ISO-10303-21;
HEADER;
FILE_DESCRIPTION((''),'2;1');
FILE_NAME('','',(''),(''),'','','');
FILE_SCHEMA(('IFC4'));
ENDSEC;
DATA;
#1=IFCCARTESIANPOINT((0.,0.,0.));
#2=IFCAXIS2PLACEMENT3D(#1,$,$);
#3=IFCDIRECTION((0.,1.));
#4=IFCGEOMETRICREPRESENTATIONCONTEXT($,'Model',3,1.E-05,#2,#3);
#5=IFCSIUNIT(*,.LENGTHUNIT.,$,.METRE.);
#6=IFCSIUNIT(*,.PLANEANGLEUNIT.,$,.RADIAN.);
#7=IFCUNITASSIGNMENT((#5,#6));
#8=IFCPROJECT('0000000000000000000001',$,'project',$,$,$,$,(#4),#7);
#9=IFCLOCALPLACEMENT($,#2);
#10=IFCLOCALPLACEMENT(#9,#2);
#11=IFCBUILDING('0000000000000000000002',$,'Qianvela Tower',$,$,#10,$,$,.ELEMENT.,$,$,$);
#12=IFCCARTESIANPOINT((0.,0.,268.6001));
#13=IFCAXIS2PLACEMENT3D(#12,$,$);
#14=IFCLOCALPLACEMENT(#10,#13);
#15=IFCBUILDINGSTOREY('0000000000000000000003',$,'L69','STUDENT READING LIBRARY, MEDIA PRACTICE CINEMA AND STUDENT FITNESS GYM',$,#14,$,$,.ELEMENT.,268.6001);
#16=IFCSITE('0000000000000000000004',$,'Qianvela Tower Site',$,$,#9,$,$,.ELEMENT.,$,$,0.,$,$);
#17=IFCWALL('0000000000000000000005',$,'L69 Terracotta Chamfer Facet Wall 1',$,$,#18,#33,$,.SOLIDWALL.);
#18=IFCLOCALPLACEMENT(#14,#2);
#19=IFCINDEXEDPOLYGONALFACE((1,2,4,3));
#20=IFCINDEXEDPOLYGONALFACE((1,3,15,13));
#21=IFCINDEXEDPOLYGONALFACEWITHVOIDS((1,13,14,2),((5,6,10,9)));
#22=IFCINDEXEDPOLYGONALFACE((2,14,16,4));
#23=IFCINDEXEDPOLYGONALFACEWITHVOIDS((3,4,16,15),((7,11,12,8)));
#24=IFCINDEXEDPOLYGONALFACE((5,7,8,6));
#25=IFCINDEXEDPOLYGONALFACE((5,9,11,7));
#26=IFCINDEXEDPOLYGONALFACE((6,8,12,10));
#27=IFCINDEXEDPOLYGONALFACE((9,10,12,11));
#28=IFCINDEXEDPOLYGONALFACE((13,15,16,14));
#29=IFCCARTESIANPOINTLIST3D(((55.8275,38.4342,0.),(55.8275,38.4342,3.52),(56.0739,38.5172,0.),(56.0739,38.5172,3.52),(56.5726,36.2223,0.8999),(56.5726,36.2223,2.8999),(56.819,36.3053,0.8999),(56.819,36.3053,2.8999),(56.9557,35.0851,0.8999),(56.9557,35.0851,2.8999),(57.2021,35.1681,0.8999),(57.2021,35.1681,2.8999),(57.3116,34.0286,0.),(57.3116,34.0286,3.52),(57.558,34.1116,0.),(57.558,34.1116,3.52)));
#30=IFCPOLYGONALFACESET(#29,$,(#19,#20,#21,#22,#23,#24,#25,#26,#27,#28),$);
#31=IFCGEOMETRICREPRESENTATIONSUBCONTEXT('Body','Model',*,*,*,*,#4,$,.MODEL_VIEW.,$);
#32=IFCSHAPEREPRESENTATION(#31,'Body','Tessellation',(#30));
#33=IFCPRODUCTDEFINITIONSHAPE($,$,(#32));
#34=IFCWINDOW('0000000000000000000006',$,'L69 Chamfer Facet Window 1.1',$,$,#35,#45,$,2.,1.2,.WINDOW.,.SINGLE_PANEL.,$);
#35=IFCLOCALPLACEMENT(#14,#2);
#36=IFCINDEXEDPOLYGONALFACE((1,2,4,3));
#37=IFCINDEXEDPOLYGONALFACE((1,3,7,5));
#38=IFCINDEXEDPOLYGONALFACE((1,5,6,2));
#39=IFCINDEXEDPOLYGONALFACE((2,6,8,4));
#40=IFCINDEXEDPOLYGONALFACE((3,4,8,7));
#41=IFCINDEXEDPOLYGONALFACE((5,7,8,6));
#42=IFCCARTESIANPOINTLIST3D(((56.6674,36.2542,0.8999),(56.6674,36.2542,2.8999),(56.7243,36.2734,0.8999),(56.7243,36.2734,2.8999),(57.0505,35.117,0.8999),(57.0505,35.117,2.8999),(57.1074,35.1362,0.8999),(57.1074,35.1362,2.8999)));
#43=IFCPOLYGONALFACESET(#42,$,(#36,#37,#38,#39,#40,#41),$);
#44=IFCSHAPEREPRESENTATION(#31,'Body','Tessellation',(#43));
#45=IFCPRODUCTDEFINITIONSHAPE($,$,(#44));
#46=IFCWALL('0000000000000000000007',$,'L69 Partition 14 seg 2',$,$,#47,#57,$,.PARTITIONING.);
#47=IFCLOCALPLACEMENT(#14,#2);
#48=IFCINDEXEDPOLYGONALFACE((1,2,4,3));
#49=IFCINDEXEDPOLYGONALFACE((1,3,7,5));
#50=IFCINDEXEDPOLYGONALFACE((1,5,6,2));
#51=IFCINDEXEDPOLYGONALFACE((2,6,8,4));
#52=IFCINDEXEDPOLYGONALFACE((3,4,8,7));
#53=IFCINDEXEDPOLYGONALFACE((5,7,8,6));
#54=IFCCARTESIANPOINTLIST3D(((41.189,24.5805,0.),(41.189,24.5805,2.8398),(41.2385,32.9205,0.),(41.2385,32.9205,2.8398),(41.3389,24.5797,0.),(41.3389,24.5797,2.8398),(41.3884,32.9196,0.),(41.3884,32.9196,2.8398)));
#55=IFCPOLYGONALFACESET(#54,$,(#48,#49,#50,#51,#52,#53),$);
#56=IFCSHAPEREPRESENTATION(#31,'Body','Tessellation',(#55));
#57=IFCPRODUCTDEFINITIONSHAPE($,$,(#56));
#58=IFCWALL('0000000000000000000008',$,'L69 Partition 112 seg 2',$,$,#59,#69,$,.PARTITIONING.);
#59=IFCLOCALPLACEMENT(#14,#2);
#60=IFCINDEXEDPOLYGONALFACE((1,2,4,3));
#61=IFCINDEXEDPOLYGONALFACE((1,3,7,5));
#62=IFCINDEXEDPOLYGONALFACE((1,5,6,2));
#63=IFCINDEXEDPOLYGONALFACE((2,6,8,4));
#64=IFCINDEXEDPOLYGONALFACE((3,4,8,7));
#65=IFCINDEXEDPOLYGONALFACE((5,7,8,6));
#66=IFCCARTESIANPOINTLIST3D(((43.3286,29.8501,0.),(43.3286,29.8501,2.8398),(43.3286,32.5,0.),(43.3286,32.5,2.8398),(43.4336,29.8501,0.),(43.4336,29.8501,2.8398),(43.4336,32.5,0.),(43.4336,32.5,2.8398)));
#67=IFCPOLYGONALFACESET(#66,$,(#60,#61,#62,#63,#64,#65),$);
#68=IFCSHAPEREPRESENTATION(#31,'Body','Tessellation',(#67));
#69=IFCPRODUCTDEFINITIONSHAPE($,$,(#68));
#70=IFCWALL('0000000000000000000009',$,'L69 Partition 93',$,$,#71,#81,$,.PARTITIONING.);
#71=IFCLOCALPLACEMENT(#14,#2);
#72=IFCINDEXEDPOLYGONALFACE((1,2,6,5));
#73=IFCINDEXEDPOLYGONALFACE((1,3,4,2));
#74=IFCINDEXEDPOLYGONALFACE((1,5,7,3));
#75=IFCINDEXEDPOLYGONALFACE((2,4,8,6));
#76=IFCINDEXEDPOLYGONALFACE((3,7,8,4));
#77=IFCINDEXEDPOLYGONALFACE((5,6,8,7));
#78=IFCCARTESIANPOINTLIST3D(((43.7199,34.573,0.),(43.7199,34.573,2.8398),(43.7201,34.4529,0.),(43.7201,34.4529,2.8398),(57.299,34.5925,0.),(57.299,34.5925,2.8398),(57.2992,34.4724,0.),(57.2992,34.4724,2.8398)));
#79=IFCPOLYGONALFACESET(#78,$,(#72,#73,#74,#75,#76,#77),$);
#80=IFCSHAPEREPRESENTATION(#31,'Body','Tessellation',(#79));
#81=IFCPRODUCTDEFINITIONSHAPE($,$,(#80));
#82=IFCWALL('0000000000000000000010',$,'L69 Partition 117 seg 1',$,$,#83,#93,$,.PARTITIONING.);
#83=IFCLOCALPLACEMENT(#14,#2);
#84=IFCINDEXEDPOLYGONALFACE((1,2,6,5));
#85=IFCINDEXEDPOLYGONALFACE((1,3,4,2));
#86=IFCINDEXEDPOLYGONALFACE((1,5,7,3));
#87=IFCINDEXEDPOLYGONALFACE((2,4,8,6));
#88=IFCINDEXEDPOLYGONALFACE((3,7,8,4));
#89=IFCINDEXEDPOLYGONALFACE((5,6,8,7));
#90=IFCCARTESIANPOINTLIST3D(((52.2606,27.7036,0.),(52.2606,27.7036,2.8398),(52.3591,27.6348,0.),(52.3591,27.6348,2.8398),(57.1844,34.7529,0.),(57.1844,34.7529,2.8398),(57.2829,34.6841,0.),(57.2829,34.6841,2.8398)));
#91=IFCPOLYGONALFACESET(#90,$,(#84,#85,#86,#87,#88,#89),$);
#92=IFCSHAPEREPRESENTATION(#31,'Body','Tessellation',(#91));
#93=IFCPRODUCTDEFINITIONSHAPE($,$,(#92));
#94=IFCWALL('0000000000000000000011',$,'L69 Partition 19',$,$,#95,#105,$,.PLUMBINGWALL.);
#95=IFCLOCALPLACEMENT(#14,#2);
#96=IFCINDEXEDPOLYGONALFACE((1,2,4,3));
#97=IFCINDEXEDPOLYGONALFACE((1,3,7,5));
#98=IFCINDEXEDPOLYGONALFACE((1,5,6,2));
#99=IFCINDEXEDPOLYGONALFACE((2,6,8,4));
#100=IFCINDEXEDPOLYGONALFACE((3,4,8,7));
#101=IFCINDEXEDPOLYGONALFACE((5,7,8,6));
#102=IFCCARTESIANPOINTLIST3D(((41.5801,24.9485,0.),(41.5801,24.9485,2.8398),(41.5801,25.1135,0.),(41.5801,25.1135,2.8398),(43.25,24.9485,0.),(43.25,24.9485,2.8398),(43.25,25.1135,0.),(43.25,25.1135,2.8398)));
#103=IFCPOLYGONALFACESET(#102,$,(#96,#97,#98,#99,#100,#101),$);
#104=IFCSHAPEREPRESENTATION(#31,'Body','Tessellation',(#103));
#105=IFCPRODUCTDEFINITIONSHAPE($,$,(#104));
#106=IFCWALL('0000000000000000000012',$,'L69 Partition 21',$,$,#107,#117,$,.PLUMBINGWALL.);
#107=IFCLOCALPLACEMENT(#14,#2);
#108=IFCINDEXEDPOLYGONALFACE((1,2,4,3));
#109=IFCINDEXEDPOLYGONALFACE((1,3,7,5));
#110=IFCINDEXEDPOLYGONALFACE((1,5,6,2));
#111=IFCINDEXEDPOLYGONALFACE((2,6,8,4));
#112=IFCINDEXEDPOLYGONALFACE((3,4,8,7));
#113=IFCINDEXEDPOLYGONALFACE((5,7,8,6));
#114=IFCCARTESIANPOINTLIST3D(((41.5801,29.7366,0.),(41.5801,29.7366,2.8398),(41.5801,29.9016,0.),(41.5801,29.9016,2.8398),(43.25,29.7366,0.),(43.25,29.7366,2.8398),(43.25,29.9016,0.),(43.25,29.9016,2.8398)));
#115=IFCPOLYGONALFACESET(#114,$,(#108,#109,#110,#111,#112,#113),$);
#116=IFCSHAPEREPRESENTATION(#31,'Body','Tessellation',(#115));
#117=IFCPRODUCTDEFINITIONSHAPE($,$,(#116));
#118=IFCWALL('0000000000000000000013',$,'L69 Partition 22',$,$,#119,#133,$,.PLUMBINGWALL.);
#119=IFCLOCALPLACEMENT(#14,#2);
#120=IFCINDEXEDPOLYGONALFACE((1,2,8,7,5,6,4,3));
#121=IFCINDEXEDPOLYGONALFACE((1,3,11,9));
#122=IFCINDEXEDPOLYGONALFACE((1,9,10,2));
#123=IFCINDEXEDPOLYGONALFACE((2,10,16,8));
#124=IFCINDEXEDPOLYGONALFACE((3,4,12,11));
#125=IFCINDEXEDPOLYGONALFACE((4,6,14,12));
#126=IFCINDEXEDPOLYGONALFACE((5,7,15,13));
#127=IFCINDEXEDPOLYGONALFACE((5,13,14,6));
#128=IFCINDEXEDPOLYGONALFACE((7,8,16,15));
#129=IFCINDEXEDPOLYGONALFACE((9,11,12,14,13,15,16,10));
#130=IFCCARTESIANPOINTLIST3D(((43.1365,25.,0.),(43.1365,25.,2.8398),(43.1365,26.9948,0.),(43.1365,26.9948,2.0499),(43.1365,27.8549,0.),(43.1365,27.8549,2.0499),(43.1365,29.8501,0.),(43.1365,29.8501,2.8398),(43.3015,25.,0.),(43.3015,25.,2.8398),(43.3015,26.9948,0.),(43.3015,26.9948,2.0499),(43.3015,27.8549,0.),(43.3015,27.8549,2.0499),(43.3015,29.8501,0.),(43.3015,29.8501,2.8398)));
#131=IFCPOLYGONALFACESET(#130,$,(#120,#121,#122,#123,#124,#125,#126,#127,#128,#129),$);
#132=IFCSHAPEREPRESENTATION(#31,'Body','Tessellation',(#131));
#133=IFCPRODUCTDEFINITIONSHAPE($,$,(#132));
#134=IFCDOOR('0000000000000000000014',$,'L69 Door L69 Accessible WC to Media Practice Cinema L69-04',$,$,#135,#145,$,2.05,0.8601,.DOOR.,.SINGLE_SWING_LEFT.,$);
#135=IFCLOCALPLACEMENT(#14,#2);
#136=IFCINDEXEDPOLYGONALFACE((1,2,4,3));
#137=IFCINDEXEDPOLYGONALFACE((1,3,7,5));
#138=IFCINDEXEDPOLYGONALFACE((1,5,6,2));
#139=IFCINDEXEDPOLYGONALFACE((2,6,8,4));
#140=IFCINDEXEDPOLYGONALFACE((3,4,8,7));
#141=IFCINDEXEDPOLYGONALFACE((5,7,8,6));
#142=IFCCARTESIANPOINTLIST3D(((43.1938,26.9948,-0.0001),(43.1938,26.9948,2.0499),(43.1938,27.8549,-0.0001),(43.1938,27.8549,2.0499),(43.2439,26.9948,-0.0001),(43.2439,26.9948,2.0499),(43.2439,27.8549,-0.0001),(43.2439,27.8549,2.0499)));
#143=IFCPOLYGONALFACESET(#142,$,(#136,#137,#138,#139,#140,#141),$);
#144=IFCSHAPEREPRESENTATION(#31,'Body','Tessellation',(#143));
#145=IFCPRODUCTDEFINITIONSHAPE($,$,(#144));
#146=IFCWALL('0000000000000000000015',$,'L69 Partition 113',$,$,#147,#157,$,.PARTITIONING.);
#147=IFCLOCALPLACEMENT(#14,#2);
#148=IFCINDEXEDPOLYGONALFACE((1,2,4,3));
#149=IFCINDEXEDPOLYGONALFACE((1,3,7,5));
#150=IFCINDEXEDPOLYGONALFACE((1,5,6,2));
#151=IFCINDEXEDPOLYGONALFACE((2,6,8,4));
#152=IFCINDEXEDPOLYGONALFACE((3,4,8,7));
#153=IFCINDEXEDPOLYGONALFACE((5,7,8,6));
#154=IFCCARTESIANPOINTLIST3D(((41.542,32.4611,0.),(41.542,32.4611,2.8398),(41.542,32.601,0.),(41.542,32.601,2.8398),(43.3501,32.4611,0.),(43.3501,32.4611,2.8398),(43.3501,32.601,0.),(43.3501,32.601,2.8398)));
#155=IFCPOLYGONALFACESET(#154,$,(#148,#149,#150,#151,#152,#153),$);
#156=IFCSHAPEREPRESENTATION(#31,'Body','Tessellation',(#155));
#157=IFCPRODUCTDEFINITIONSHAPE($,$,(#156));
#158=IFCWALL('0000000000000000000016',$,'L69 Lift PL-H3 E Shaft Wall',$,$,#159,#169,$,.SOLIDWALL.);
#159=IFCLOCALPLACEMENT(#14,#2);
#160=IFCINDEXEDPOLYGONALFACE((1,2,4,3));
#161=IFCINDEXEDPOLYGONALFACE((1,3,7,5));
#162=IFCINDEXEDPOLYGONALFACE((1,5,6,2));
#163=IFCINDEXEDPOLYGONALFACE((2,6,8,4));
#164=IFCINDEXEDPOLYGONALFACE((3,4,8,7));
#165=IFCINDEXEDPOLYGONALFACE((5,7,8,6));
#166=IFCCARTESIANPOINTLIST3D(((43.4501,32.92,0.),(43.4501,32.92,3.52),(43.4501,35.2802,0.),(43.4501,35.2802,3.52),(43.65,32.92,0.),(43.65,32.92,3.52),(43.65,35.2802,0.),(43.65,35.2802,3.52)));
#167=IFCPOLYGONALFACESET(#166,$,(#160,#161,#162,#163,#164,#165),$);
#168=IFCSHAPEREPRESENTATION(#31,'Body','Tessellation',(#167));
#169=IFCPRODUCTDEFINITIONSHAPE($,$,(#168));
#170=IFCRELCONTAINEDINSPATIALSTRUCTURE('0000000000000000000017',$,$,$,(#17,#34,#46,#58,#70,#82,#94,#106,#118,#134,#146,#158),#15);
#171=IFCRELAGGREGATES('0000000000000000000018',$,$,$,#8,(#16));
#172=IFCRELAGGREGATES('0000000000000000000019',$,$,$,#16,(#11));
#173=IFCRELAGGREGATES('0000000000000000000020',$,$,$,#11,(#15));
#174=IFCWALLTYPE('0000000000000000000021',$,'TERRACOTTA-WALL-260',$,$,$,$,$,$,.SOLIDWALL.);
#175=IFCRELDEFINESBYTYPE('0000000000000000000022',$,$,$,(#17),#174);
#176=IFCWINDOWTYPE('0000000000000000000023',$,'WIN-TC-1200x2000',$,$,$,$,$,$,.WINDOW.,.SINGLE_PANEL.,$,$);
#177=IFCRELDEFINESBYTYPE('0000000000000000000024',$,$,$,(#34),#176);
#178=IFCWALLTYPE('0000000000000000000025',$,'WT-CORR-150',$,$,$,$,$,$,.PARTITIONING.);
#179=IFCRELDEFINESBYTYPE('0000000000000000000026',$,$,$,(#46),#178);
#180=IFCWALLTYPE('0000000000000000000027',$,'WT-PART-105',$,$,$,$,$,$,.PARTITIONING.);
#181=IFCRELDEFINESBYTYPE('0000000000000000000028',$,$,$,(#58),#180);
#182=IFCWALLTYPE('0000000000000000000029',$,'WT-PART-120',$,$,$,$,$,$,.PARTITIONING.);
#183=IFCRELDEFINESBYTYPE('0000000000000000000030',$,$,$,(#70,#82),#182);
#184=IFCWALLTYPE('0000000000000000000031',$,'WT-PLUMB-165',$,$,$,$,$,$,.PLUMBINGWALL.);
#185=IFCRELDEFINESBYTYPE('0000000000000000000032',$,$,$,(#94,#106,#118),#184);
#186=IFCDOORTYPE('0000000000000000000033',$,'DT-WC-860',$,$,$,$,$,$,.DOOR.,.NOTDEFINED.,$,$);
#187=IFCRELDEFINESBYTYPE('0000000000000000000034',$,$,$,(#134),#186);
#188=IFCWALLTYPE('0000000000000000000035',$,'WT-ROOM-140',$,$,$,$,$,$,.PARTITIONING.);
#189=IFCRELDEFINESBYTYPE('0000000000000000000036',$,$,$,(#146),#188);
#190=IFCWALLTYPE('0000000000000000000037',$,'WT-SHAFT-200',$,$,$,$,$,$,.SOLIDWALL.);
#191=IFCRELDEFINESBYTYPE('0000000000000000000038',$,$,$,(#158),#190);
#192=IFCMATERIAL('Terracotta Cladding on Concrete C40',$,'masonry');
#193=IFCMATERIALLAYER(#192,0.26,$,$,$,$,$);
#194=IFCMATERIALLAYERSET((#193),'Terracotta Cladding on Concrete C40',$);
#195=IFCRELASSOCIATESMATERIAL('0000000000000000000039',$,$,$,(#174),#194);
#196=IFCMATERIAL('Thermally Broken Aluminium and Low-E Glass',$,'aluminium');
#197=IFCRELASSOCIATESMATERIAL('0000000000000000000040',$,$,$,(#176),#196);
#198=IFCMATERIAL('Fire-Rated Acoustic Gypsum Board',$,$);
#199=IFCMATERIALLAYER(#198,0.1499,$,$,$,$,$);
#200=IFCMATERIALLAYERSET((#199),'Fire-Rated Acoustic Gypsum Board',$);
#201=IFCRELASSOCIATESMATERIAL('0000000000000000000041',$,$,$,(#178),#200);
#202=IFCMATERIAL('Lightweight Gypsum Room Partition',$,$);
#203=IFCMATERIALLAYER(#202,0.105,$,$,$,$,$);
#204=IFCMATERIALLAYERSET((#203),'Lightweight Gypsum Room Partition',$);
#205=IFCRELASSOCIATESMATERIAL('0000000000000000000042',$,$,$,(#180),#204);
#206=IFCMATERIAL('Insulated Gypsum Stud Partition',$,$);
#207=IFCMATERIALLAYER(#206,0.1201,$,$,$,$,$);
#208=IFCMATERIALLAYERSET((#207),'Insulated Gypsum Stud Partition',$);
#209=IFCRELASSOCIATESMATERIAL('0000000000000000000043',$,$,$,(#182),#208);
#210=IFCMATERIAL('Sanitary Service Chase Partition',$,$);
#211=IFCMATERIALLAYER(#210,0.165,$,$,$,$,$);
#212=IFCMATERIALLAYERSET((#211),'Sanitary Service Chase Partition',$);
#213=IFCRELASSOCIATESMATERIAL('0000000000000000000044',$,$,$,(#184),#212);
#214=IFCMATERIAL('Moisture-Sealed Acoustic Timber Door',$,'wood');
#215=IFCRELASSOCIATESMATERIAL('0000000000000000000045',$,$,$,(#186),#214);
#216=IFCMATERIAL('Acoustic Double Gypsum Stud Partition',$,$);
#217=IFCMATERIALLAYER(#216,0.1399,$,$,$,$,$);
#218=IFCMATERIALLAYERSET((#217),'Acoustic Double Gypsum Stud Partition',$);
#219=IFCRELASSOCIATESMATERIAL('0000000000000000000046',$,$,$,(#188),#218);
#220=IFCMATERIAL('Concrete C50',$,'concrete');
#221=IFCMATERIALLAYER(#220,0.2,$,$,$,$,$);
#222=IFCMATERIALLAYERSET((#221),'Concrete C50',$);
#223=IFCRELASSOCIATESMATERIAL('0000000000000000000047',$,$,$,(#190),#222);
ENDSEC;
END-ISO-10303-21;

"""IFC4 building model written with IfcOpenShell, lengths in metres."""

from ifc_helpers import new_model, si_unit, direction, frame, frame_2d, origin, place, context, subcontext, project, spatial, rectangle, extrude, material, layer, layer_set, type_object, element, fill, save


model = new_model("IFC4")

# Units and contexts
model_context = context("Model", 3, precision=1e-05, world=origin(), true_north=direction((0.0, 1.0)))
body_context = subcontext(model_context, "Body", "Model", "MODEL_VIEW")
ifc_project = project(units=[si_unit("LENGTHUNIT", "METRE"), si_unit("PLANEANGLEUNIT", "RADIAN")], contexts=[model_context])

# Site, building, storey
site_placement = place(None, origin())
site = spatial("IfcSite", under=ifc_project, at=site_placement, Name="Qianvela Tower Site", CompositionType="ELEMENT", RefElevation=0.0)
building_placement = place(site_placement, origin())
building = spatial("IfcBuilding", under=site, at=building_placement, Name="Qianvela Tower", CompositionType="ELEMENT")
storey_placement = place(building_placement, frame((0.0, 0.0, 268.6001)))
storey = spatial("IfcBuildingStorey", under=building, at=storey_placement, Name="L69", Description="STUDENT READING LIBRARY, MEDIA PRACTICE CINEMA AND STUDENT FITNESS GYM", CompositionType="ELEMENT", Elevation=268.6001)

# Wall, opening, window
ifc_material_1 = material(Name="Terracotta Cladding on Concrete C40", Category="masonry")
ifc_layer_1 = layer(ifc_material_1, 0.26)
ifc_layer_set_1 = layer_set([ifc_layer_1], Name="Terracotta Cladding on Concrete C40")
wall_type_1 = type_object("IfcWallType", Name="TERRACOTTA-WALL-260", PredefinedType="SOLIDWALL", material=ifc_layer_set_1)
wall_1_placement = place(storey_placement, frame((57.4348, 34.0701, 0.0), z_axis=(0.0, 0.0, 1.0), x_axis=(-0.319235, 0.947676, 0.0)))
wall_1 = element("IfcWall", 1, at=wall_1_placement, inside=storey, type_object=wall_type_1, Name="L69 Terracotta Chamfer Facet Wall 1", PredefinedType="SOLIDWALL", context=body_context, shape_type="SweptSolid", body=[
    extrude(rectangle(XDim=4.6489, YDim=0.26, at=frame_2d((2.3245, 0.0))), origin(), (0.0, 0.0, 1.0), 3.52),
])
opening_1_placement = place(wall_1_placement, frame((1.1147, 0.0, 0.8999)))
opening_1 = element("IfcOpeningElement", 2, at=opening_1_placement, cuts=wall_1, PredefinedType="OPENING", context=body_context, shape_type="SweptSolid", body=[
    extrude(rectangle(XDim=1.2, YDim=2.0, at=frame_2d((0.6001, 1.0))), frame((0.0, 0.1399, 0.0), z_axis=(0.0, -1.0, 0.0), x_axis=(1.0, 0.0, 0.0)), (0.0, 0.0, 1.0), 0.28),
])
ifc_material_2 = material(Name="Thermally Broken Aluminium and Low-E Glass", Category="aluminium")
window_type = type_object("IfcWindowType", Name="WIN-TC-1200x2000", PartitioningType="SINGLE_PANEL", PredefinedType="WINDOW", material=ifc_material_2)
window_placement = place(opening_1_placement, origin())
window = element("IfcWindow", 3, at=window_placement, inside=storey, type_object=window_type, Name="L69 Chamfer Facet Window 1.1", OverallHeight=2.0, OverallWidth=1.2, PartitioningType="SINGLE_PANEL", PredefinedType="WINDOW", context=body_context, shape_type="SweptSolid", body=[
    extrude(rectangle(XDim=1.2, YDim=2.0, at=frame_2d((0.6001, 1.0))), frame((0.0, 0.03, 0.0), z_axis=(0.0, -1.0, 0.0), x_axis=(1.0, 0.0, 0.0)), (0.0, 0.0, 1.0), 0.0601),
])
fill(opening_1, window)

# Walls
ifc_material_3 = material(Name="Fire-Rated Acoustic Gypsum Board")
ifc_layer_2 = layer(ifc_material_3, 0.1499)
ifc_layer_set_2 = layer_set([ifc_layer_2], Name="Fire-Rated Acoustic Gypsum Board")
wall_type_2 = type_object("IfcWallType", Name="WT-CORR-150", PredefinedType="PARTITIONING", material=ifc_layer_set_2)
wall_2_placement = place(storey_placement, frame((41.3135, 32.9199, 0.0), z_axis=(0.0, 0.0, 1.0), x_axis=(-0.005943, -0.999982, 0.0)))
element("IfcWall", 4, at=wall_2_placement, inside=storey, type_object=wall_type_2, Name="L69 Partition 14 seg 2", PredefinedType="PARTITIONING", context=body_context, shape_type="SweptSolid", body=[
    extrude(rectangle(XDim=8.3401, YDim=0.1499, at=frame_2d((4.1699, 0.0))), origin(), (0.0, 0.0, 1.0), 2.8398),
])
ifc_material_4 = material(Name="Lightweight Gypsum Room Partition")
ifc_layer_3 = layer(ifc_material_4, 0.105)
ifc_layer_set_3 = layer_set([ifc_layer_3], Name="Lightweight Gypsum Room Partition")
wall_type_3 = type_object("IfcWallType", Name="WT-PART-105", PredefinedType="PARTITIONING", material=ifc_layer_set_3)
wall_3_placement = place(storey_placement, frame((43.3811, 29.8501, 0.0), z_axis=(0.0, 0.0, 1.0), x_axis=(0.0, 1.0, 0.0)))
element("IfcWall", 5, at=wall_3_placement, inside=storey, type_object=wall_type_3, Name="L69 Partition 112 seg 2", PredefinedType="PARTITIONING", context=body_context, shape_type="SweptSolid", body=[
    extrude(rectangle(XDim=2.6499, YDim=0.105, at=frame_2d((1.325, 0.0))), origin(), (0.0, 0.0, 1.0), 2.8398),
])
ifc_material_5 = material(Name="Insulated Gypsum Stud Partition")
ifc_layer_4 = layer(ifc_material_5, 0.1201)
ifc_layer_set_4 = layer_set([ifc_layer_4], Name="Insulated Gypsum Stud Partition")
wall_type_4 = type_object("IfcWallType", Name="WT-PART-120", PredefinedType="PARTITIONING", material=ifc_layer_set_4)
wall_4_placement = place(storey_placement, frame((57.2991, 34.5325, 0.0), z_axis=(0.0, 0.0, 1.0), x_axis=(-0.999999, -0.001438, 0.0)))
element("IfcWall", 6, at=wall_4_placement, inside=storey, type_object=wall_type_4, Name="L69 Partition 93", PredefinedType="PARTITIONING", context=body_context, shape_type="SweptSolid", body=[
    extrude(rectangle(XDim=13.5791, YDim=0.1201, at=frame_2d((6.7896, 0.0))), origin(), (0.0, 0.0, 1.0), 2.8398),
])
wall_5_placement = place(storey_placement, frame((57.2336, 34.7185, 0.0), z_axis=(0.0, 0.0, 1.0), x_axis=(-0.572627, -0.819816, 0.0)))
element("IfcWall", 7, at=wall_5_placement, inside=storey, type_object=wall_type_4, Name="L69 Partition 117 seg 1", PredefinedType="PARTITIONING", context=body_context, shape_type="SweptSolid", body=[
    extrude(rectangle(XDim=8.5986, YDim=0.1201, at=frame_2d((4.2993, 0.0))), origin(), (0.0, 0.0, 1.0), 2.8398),
])
ifc_material_6 = material(Name="Sanitary Service Chase Partition")
ifc_layer_5 = layer(ifc_material_6, 0.165)
ifc_layer_set_5 = layer_set([ifc_layer_5], Name="Sanitary Service Chase Partition")
wall_type_5 = type_object("IfcWallType", Name="WT-PLUMB-165", PredefinedType="PLUMBINGWALL", material=ifc_layer_set_5)
for number, where, z_axis, x_axis, name in (
    (8, (43.25, 25.031, 0.0), (0.0, 0.0, 1.0), (-1.0, 0.0, 0.0), "L69 Partition 19"),
    (9, (41.5801, 29.8191, 0.0), (0.0, 0.0, 1.0), (1.0, 0.0, 0.0), "L69 Partition 21"),
):
    element("IfcWall", number, at=place(storey_placement, frame(where, z_axis=z_axis, x_axis=x_axis)), inside=storey, type_object=wall_type_5, Name=name, PredefinedType="PLUMBINGWALL", context=body_context, shape_type="SweptSolid", body=[
        extrude(rectangle(XDim=1.6699, YDim=0.165, at=frame_2d((0.835, 0.0))), origin(), (0.0, 0.0, 1.0), 2.8398),
    ])

# Wall, opening, door
wall_6_placement = place(storey_placement, frame((43.219, 29.8501, 0.0), z_axis=(0.0, 0.0, 1.0), x_axis=(0.0, -1.0, 0.0)))
wall_6 = element("IfcWall", 10, at=wall_6_placement, inside=storey, type_object=wall_type_5, Name="L69 Partition 22", PredefinedType="PLUMBINGWALL", context=body_context, shape_type="SweptSolid", body=[
    extrude(rectangle(XDim=4.8501, YDim=0.165, at=frame_2d((2.425, 0.0))), origin(), (0.0, 0.0, 1.0), 2.8398),
])
opening_2_placement = place(wall_6_placement, frame((1.9951, 0.0, 0.0)))
opening_2 = element("IfcOpeningElement", 11, at=opening_2_placement, cuts=wall_6, PredefinedType="OPENING", context=body_context, shape_type="SweptSolid", body=[
    extrude(rectangle(XDim=0.8601, YDim=2.05, at=frame_2d((0.4302, 1.0249))), frame((0.0, 0.0925, 0.0), z_axis=(0.0, -1.0, 0.0), x_axis=(1.0, 0.0, 0.0)), (0.0, 0.0, 1.0), 0.1851),
])
ifc_material_7 = material(Name="Moisture-Sealed Acoustic Timber Door", Category="wood")
door_type_1 = type_object("IfcDoorType", Name="DT-WC-860", OperationType="NOTDEFINED", PredefinedType="DOOR", material=ifc_material_7)
door_1_placement = place(opening_2_placement, origin())
door_1 = element("IfcDoor", 12, at=door_1_placement, inside=storey, type_object=door_type_1, Name="L69 Door L69 Accessible WC to Media Practice Cinema L69-04", OperationType="SINGLE_SWING_LEFT", OverallHeight=2.05, OverallWidth=0.8601, PredefinedType="DOOR", context=body_context, shape_type="SweptSolid", body=[
    extrude(rectangle(XDim=0.8601, YDim=2.05, at=frame_2d((0.4302, 1.0249))), frame((0.0, 0.0249, 0.0), z_axis=(0.0, -1.0, 0.0), x_axis=(1.0, 0.0, 0.0)), (0.0, 0.0, 1.0), 0.05),
])
fill(opening_2, door_1)

# Walls
ifc_material_8 = material(Name="Acoustic Double Gypsum Stud Partition")
ifc_layer_6 = layer(ifc_material_8, 0.1399)
ifc_layer_set_6 = layer_set([ifc_layer_6], Name="Acoustic Double Gypsum Stud Partition")
wall_type_6 = type_object("IfcWallType", Name="WT-ROOM-140", PredefinedType="PARTITIONING", material=ifc_layer_set_6)
wall_7_placement = place(storey_placement, frame((43.3501, 32.531, 0.0), z_axis=(0.0, 0.0, 1.0), x_axis=(-1.0, 0.0, 0.0)))
element("IfcWall", 13, at=wall_7_placement, inside=storey, type_object=wall_type_6, Name="L69 Partition 113", PredefinedType="PARTITIONING", context=body_context, shape_type="SweptSolid", body=[
    extrude(rectangle(XDim=1.8081, YDim=0.1399, at=frame_2d((0.9041, 0.0))), origin(), (0.0, 0.0, 1.0), 2.8398),
])
ifc_material_9 = material(Name="Concrete C50", Category="concrete")
ifc_layer_7 = layer(ifc_material_9, 0.2)
ifc_layer_set_7 = layer_set([ifc_layer_7], Name="Concrete C50")
wall_type_7 = type_object("IfcWallType", Name="WT-SHAFT-200", PredefinedType="SOLIDWALL", material=ifc_layer_set_7)
wall_8_placement = place(storey_placement, frame((43.55, 32.9199, 0.0), z_axis=(0.0, 0.0, 1.0), x_axis=(0.0, 1.0, 0.0)))
element("IfcWall", 14, at=wall_8_placement, inside=storey, type_object=wall_type_7, Name="L69 Lift PL-H3 E Shaft Wall", PredefinedType="SOLIDWALL", context=body_context, shape_type="SweptSolid", body=[
    extrude(rectangle(XDim=2.3601, YDim=0.2, at=frame_2d((1.1802, 0.0))), origin(), (0.0, 0.0, 1.0), 3.52),
])

save(model, "model.ifc")
